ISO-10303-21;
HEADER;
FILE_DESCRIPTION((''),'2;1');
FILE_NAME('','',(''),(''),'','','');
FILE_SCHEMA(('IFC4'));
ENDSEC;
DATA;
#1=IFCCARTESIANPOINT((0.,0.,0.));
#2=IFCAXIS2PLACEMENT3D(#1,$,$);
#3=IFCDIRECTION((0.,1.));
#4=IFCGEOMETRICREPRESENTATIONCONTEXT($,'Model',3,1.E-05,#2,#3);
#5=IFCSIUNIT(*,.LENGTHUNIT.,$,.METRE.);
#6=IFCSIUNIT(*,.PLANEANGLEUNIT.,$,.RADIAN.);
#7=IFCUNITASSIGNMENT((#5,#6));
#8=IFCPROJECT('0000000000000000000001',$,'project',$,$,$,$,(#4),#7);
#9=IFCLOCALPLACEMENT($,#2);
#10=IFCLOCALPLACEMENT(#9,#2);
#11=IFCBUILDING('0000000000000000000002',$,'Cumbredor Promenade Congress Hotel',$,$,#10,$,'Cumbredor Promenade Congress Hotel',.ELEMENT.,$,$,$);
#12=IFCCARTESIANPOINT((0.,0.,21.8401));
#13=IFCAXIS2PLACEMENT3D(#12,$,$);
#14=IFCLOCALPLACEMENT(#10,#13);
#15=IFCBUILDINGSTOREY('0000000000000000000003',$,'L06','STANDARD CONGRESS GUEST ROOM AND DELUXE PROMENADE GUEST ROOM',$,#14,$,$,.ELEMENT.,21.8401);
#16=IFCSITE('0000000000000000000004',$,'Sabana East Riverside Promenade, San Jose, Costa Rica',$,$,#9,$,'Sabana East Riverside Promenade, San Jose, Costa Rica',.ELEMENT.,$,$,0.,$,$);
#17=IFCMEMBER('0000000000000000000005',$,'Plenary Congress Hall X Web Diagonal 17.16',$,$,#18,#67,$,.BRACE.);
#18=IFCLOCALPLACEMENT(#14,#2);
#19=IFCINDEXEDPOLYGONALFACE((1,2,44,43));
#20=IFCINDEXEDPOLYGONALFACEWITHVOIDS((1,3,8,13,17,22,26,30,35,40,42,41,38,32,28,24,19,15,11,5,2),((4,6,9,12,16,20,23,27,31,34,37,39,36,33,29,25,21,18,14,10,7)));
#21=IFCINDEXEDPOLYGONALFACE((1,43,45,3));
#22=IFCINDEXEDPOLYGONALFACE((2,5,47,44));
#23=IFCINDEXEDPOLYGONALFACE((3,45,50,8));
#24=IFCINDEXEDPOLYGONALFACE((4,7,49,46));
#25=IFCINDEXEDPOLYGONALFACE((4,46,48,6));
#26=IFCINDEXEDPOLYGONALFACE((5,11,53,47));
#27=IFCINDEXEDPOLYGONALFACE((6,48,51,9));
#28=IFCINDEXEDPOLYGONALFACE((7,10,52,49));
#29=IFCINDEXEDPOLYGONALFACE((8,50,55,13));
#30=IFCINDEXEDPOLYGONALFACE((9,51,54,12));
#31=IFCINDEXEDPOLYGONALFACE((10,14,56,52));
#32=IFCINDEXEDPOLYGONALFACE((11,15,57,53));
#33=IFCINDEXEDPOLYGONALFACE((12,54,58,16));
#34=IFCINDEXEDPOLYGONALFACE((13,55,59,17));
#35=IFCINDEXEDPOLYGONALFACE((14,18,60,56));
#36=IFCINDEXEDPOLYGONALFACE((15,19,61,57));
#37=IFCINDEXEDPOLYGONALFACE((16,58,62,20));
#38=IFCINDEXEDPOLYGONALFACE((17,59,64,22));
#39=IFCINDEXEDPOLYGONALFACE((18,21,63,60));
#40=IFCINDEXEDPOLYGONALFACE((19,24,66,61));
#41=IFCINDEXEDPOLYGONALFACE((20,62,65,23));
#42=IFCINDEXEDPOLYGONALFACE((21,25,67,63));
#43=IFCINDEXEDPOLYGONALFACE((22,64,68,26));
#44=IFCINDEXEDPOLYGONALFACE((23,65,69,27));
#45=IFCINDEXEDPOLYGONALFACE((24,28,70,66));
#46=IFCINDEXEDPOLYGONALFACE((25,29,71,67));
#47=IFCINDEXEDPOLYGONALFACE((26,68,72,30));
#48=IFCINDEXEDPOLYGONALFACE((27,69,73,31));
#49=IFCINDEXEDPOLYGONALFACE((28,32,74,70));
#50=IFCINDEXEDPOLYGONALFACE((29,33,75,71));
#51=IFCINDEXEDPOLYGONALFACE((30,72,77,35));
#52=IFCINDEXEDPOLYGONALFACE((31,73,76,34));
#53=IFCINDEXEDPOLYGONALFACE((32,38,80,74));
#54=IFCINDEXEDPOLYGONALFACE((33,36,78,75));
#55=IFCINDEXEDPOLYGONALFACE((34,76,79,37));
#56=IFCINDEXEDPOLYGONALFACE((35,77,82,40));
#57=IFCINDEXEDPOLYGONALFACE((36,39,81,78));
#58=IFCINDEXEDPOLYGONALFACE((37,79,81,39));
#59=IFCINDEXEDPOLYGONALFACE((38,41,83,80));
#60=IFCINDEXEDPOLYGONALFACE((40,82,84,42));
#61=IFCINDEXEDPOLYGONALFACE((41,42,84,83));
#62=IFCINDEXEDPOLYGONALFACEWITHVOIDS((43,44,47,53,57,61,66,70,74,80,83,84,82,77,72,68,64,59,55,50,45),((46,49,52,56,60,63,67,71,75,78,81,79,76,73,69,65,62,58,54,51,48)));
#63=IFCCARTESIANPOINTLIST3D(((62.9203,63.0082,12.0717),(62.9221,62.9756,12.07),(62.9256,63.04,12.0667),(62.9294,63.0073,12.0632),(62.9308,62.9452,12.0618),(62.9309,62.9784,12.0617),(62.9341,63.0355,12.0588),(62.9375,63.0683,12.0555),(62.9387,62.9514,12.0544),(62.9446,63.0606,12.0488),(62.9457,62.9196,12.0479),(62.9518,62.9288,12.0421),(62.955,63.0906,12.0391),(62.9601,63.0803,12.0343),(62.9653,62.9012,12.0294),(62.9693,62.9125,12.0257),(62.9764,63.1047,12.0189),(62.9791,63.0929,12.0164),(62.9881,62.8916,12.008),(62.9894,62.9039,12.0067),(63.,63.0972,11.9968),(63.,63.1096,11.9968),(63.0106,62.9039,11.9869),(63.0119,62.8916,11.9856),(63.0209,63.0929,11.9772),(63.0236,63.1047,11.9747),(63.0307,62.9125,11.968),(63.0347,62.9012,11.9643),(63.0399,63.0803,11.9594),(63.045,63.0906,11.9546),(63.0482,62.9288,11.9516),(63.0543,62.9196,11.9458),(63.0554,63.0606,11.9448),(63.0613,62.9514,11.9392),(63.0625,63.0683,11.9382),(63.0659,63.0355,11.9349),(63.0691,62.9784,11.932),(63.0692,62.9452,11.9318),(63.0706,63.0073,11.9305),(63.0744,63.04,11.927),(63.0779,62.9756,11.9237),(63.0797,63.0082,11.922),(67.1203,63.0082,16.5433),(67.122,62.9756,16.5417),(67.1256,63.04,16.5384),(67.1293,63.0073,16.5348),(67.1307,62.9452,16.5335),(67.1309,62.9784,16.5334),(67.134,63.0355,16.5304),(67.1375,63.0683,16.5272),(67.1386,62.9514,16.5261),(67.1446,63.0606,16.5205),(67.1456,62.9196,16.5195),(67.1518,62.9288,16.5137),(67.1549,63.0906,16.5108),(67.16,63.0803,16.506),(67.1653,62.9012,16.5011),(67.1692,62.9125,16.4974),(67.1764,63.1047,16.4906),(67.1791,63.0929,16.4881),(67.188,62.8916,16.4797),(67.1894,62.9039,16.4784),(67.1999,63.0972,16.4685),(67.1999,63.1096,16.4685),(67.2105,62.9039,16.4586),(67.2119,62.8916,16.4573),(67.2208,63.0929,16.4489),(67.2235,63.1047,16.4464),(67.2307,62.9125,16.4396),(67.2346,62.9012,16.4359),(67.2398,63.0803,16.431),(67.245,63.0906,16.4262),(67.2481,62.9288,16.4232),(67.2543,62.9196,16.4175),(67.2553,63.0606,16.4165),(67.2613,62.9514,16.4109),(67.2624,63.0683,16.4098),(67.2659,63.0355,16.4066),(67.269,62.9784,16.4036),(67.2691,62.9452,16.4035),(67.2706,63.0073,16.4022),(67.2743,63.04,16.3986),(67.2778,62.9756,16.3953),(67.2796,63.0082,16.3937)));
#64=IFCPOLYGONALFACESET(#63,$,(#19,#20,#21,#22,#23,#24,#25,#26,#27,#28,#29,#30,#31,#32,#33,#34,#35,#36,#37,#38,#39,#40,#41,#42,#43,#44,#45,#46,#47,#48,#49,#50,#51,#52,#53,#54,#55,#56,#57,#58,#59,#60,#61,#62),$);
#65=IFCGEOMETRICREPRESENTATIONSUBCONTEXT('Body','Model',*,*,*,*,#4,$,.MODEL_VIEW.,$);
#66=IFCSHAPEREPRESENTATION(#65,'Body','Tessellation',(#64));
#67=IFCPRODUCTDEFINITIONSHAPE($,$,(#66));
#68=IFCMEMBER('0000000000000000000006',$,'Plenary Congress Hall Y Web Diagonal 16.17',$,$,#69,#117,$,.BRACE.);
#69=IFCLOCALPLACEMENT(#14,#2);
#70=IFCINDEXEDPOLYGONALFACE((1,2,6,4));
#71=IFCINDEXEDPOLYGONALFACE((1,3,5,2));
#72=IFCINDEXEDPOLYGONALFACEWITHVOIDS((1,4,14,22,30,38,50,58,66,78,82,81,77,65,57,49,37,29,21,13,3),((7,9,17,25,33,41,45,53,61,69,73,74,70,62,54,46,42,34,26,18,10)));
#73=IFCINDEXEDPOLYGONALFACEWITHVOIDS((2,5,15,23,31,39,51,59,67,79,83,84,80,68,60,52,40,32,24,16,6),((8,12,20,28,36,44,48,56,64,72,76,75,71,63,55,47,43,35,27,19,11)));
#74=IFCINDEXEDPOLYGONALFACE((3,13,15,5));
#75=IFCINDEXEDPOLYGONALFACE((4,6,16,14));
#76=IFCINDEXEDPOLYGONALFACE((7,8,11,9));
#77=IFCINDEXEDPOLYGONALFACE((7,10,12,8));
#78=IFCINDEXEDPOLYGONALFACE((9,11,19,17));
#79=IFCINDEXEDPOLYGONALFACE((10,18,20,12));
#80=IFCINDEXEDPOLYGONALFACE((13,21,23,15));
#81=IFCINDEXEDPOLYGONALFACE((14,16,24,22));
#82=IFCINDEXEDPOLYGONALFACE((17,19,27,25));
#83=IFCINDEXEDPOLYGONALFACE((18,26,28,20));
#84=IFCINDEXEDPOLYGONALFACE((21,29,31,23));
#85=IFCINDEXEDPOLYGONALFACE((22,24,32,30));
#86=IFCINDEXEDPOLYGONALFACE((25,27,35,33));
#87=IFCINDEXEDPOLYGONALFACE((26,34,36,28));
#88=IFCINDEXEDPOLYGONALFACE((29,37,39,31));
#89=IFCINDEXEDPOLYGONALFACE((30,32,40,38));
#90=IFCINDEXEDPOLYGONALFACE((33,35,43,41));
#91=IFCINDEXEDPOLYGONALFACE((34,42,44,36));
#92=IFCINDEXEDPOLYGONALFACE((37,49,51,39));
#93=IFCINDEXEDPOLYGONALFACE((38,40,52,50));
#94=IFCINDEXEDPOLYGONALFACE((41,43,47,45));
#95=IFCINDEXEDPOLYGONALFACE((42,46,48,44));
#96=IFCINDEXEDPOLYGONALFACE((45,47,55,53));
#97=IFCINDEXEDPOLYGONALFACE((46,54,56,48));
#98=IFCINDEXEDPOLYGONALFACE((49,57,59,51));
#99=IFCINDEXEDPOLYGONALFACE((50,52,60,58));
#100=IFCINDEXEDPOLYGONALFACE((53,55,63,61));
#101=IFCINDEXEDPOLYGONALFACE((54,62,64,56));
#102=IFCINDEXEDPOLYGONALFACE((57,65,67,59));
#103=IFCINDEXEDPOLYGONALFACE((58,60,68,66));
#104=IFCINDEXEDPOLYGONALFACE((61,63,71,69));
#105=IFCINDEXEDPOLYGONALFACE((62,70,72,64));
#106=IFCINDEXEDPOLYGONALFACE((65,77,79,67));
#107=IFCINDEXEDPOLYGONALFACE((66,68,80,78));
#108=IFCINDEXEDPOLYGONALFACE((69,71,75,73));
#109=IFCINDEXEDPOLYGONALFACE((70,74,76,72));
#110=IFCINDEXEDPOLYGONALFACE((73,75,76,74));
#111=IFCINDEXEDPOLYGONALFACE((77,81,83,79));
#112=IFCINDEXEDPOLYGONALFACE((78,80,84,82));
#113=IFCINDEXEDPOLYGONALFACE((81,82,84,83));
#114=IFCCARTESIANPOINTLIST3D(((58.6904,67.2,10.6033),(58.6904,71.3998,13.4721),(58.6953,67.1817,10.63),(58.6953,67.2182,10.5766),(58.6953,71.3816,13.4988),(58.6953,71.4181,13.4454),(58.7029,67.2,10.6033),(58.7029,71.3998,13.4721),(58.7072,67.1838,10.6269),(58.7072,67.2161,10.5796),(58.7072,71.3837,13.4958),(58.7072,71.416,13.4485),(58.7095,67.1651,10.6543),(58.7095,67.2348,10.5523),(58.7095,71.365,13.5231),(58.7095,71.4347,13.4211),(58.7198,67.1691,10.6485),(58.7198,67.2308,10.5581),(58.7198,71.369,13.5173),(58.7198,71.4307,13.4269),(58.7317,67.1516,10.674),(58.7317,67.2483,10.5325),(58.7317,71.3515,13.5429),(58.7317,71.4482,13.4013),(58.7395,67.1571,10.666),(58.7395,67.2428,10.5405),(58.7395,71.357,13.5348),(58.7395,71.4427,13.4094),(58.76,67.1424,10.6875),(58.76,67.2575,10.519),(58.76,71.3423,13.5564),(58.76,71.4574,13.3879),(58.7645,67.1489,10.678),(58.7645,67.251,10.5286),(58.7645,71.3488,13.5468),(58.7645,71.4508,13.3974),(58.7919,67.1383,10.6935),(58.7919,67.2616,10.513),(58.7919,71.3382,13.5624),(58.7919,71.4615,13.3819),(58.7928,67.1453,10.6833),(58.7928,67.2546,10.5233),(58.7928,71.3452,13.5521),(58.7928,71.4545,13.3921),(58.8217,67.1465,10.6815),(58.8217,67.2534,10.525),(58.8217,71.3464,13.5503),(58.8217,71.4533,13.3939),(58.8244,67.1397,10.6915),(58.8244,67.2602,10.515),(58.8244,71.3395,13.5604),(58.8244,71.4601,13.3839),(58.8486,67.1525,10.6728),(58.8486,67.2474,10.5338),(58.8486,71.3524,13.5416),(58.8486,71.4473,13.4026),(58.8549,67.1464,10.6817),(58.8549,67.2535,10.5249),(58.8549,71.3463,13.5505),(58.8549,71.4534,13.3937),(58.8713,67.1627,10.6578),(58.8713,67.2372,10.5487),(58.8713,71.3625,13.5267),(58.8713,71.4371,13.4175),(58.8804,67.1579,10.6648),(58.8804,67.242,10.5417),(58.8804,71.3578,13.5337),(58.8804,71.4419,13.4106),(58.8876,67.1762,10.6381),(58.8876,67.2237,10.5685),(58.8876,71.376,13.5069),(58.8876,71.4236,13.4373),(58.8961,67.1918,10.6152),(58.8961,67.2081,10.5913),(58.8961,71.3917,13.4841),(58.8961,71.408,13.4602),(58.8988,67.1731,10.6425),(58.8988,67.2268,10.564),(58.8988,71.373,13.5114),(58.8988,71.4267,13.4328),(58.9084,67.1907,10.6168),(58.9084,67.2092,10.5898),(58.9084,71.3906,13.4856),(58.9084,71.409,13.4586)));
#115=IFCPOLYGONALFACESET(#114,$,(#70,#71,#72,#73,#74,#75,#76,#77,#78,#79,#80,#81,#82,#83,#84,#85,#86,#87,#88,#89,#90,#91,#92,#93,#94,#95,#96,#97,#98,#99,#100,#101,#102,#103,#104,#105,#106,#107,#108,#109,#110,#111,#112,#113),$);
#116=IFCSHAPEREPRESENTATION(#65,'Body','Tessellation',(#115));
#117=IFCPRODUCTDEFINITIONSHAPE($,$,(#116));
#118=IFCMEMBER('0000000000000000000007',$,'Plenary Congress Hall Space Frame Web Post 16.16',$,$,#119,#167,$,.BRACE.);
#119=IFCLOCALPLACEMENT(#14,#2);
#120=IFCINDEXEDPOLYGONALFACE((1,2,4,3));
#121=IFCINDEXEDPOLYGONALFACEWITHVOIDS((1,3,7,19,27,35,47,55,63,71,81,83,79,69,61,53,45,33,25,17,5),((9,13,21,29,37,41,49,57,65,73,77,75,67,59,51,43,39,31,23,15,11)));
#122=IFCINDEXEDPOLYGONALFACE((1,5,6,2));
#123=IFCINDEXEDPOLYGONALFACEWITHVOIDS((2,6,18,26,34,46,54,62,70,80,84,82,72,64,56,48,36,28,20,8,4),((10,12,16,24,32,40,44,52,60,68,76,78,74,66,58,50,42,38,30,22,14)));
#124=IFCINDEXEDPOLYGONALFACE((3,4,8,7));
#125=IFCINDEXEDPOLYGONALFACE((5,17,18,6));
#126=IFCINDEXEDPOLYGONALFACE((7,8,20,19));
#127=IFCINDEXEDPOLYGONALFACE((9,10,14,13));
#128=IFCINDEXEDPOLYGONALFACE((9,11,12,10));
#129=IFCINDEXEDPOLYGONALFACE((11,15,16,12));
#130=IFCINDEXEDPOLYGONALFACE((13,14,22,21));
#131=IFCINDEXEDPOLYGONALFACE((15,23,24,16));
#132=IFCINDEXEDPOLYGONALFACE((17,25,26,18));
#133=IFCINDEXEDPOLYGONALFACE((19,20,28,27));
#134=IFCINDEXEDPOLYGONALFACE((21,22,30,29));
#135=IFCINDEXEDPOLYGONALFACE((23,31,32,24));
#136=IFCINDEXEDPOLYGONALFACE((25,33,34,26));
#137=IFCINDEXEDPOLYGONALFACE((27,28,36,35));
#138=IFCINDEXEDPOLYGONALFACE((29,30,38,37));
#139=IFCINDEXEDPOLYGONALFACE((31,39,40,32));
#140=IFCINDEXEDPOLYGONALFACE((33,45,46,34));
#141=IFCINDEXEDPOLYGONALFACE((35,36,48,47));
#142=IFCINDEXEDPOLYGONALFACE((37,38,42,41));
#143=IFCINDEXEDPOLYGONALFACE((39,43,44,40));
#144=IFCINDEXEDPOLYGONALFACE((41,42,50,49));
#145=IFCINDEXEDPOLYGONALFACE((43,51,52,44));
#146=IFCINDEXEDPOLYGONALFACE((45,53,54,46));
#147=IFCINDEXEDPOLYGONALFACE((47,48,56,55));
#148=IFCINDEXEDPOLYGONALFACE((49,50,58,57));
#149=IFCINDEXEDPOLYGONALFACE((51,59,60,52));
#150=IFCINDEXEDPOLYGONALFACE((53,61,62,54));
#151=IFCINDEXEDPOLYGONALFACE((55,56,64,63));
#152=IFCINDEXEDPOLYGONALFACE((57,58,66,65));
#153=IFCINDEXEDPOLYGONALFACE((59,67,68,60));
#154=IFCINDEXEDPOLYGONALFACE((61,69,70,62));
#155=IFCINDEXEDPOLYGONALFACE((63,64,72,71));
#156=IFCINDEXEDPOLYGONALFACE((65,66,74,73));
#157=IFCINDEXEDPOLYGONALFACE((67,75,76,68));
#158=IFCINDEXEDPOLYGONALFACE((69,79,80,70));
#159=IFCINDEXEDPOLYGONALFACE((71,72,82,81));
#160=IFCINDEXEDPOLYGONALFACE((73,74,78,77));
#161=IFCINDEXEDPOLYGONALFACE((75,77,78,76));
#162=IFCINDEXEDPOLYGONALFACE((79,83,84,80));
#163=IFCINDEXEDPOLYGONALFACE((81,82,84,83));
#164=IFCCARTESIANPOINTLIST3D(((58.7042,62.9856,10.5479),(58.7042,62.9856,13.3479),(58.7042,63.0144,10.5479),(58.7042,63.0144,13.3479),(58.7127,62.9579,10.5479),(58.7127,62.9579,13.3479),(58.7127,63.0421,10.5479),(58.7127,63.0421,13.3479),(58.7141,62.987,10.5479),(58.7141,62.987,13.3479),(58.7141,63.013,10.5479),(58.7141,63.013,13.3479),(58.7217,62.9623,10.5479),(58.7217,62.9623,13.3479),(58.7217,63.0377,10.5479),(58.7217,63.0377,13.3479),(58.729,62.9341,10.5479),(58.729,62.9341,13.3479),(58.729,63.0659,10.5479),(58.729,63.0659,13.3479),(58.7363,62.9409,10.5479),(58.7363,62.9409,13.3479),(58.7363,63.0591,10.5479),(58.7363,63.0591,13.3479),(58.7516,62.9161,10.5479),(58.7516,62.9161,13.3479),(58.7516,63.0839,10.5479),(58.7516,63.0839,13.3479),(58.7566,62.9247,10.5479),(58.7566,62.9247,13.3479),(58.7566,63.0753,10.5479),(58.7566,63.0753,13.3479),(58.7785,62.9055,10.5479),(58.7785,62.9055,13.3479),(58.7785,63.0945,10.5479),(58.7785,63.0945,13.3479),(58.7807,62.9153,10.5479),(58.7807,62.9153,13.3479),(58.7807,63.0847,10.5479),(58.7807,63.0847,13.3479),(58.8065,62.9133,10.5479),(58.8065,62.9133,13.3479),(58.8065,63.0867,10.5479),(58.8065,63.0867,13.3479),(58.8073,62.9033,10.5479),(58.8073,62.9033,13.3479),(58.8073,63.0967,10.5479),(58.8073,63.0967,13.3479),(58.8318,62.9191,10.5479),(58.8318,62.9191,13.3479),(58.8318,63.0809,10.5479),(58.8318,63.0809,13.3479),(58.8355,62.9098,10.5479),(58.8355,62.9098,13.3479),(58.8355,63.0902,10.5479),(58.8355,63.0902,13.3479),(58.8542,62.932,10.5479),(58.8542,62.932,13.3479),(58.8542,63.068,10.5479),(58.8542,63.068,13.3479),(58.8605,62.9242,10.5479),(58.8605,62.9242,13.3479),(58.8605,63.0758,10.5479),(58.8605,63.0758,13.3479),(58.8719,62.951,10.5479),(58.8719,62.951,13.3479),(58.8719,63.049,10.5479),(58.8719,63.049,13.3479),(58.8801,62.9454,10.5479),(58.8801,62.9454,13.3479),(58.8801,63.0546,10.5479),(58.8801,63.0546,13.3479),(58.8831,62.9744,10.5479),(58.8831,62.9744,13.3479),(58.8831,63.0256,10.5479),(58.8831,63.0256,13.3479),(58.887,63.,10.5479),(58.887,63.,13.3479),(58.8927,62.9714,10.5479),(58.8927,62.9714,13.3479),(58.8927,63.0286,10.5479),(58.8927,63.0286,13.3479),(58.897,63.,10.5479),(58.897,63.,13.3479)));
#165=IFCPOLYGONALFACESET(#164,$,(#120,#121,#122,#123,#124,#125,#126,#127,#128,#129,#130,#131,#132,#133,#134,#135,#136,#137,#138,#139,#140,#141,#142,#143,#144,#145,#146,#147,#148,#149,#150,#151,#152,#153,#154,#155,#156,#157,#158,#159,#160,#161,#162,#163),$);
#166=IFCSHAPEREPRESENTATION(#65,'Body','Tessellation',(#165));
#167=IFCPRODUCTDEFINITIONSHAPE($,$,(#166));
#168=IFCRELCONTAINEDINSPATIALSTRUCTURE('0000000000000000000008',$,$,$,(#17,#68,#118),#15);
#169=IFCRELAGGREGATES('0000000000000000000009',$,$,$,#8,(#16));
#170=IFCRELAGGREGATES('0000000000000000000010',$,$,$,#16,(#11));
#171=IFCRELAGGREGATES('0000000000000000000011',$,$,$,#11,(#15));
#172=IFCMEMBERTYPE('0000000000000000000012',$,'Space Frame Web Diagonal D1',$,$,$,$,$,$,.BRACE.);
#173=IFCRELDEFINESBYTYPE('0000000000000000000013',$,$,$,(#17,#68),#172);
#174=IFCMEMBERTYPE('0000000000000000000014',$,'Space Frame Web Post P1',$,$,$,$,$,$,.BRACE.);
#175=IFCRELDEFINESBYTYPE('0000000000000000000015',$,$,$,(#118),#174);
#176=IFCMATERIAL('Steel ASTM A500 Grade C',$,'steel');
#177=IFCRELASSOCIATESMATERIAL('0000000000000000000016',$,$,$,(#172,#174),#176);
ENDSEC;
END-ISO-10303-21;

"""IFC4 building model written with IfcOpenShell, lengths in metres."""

from ifc_helpers import new_model, si_unit, direction, frame, origin, origin_2d, place, context, subcontext, project, spatial, hollow_circle, extrude, material, material_profile, profile_set, type_object, element, save


model = new_model("IFC4")

# Units and contexts
model_context = context("Model", 3, precision=1e-05, world=origin(), true_north=direction((0.0, 1.0)))
body_context = subcontext(model_context, "Body", "Model", "MODEL_VIEW")
ifc_project = project(units=[si_unit("LENGTHUNIT", "METRE"), si_unit("PLANEANGLEUNIT", "RADIAN")], contexts=[model_context])

# Site, building, storey
site_placement = place(None, origin())
site = spatial("IfcSite", under=ifc_project, at=site_placement, Name="Sabana East Riverside Promenade, San Jose, Costa Rica", LongName="Sabana East Riverside Promenade, San Jose, Costa Rica", CompositionType="ELEMENT", RefElevation=0.0)
building_placement = place(site_placement, origin())
building = spatial("IfcBuilding", under=site, at=building_placement, Name="Cumbredor Promenade Congress Hotel", LongName="Cumbredor Promenade Congress Hotel", CompositionType="ELEMENT")
storey_placement = place(building_placement, frame((0.0, 0.0, 21.8401)))
storey = spatial("IfcBuildingStorey", under=building, at=storey_placement, Name="L06", Description="STANDARD CONGRESS GUEST ROOM AND DELUXE PROMENADE GUEST ROOM", CompositionType="ELEMENT", Elevation=21.8401)

# Members
ifc_material_1 = material(Name="Steel ASTM A500 Grade C", Category="steel")
ifc_material_profile_1 = material_profile(ifc_material_1, hollow_circle(Radius=0.1096, WallThickness=0.0125, at=origin_2d()), Name="CHS 219.1x12.5")
ifc_profile_set_1 = profile_set([ifc_material_profile_1], Name="Steel ASTM A500 Grade C")
member_type_1 = type_object("IfcMemberType", Name="Space Frame Web Diagonal D1", PredefinedType="BRACE", material=ifc_profile_set_1)
member_1_placement = place(storey_placement, frame((63.0, 63.0, 11.9968), z_axis=(0.684613, 0.0, 0.728906), x_axis=(0.0, 1.0, 0.0)))
element("IfcMember", 1, at=member_1_placement, inside=storey, type_object=member_type_1, Name="Plenary Congress Hall X Web Diagonal 17.16", PredefinedType="BRACE", context=body_context, shape_type="SweptSolid", body=[
    extrude(hollow_circle(Radius=0.1096, WallThickness=0.0125, at=origin_2d()), origin(), (0.0, 0.0, 1.0), 6.1348),
])
member_2_placement = place(storey_placement, frame((58.8, 67.2, 10.6033), z_axis=(0.0, 0.825743, 0.564047), x_axis=(-1.0, 0.0, 0.0)))
element("IfcMember", 2, at=member_2_placement, inside=storey, type_object=member_type_1, Name="Plenary Congress Hall Y Web Diagonal 16.17", PredefinedType="BRACE", context=body_context, shape_type="SweptSolid", body=[
    extrude(hollow_circle(Radius=0.1096, WallThickness=0.0125, at=origin_2d()), origin(), (0.0, 0.0, 1.0), 5.0862),
])
ifc_material_profile_2 = material_profile(ifc_material_1, hollow_circle(Radius=0.0969, WallThickness=0.01, at=origin_2d()), Name="CHS 193.7x10")
ifc_profile_set_2 = profile_set([ifc_material_profile_2], Name="Steel ASTM A500 Grade C")
member_type_2 = type_object("IfcMemberType", Name="Space Frame Web Post P1", PredefinedType="BRACE", material=ifc_profile_set_2)
for number, where, z_axis, x_axis, name in (
    (3, (58.8, 63.0, 10.5479), (0.0, 0.0, 1.0), (1.0, 0.0, 0.0), "Plenary Congress Hall Space Frame Web Post 16.16"),
):
    element("IfcMember", number, at=place(storey_placement, frame(where, z_axis=z_axis, x_axis=x_axis)), inside=storey, type_object=member_type_2, Name=name, PredefinedType="BRACE", context=body_context, shape_type="SweptSolid", body=[
        extrude(hollow_circle(Radius=0.0969, WallThickness=0.01, at=origin_2d()), origin(), (0.0, 0.0, 1.0), 2.8),
    ])

save(model, "model.ifc")
